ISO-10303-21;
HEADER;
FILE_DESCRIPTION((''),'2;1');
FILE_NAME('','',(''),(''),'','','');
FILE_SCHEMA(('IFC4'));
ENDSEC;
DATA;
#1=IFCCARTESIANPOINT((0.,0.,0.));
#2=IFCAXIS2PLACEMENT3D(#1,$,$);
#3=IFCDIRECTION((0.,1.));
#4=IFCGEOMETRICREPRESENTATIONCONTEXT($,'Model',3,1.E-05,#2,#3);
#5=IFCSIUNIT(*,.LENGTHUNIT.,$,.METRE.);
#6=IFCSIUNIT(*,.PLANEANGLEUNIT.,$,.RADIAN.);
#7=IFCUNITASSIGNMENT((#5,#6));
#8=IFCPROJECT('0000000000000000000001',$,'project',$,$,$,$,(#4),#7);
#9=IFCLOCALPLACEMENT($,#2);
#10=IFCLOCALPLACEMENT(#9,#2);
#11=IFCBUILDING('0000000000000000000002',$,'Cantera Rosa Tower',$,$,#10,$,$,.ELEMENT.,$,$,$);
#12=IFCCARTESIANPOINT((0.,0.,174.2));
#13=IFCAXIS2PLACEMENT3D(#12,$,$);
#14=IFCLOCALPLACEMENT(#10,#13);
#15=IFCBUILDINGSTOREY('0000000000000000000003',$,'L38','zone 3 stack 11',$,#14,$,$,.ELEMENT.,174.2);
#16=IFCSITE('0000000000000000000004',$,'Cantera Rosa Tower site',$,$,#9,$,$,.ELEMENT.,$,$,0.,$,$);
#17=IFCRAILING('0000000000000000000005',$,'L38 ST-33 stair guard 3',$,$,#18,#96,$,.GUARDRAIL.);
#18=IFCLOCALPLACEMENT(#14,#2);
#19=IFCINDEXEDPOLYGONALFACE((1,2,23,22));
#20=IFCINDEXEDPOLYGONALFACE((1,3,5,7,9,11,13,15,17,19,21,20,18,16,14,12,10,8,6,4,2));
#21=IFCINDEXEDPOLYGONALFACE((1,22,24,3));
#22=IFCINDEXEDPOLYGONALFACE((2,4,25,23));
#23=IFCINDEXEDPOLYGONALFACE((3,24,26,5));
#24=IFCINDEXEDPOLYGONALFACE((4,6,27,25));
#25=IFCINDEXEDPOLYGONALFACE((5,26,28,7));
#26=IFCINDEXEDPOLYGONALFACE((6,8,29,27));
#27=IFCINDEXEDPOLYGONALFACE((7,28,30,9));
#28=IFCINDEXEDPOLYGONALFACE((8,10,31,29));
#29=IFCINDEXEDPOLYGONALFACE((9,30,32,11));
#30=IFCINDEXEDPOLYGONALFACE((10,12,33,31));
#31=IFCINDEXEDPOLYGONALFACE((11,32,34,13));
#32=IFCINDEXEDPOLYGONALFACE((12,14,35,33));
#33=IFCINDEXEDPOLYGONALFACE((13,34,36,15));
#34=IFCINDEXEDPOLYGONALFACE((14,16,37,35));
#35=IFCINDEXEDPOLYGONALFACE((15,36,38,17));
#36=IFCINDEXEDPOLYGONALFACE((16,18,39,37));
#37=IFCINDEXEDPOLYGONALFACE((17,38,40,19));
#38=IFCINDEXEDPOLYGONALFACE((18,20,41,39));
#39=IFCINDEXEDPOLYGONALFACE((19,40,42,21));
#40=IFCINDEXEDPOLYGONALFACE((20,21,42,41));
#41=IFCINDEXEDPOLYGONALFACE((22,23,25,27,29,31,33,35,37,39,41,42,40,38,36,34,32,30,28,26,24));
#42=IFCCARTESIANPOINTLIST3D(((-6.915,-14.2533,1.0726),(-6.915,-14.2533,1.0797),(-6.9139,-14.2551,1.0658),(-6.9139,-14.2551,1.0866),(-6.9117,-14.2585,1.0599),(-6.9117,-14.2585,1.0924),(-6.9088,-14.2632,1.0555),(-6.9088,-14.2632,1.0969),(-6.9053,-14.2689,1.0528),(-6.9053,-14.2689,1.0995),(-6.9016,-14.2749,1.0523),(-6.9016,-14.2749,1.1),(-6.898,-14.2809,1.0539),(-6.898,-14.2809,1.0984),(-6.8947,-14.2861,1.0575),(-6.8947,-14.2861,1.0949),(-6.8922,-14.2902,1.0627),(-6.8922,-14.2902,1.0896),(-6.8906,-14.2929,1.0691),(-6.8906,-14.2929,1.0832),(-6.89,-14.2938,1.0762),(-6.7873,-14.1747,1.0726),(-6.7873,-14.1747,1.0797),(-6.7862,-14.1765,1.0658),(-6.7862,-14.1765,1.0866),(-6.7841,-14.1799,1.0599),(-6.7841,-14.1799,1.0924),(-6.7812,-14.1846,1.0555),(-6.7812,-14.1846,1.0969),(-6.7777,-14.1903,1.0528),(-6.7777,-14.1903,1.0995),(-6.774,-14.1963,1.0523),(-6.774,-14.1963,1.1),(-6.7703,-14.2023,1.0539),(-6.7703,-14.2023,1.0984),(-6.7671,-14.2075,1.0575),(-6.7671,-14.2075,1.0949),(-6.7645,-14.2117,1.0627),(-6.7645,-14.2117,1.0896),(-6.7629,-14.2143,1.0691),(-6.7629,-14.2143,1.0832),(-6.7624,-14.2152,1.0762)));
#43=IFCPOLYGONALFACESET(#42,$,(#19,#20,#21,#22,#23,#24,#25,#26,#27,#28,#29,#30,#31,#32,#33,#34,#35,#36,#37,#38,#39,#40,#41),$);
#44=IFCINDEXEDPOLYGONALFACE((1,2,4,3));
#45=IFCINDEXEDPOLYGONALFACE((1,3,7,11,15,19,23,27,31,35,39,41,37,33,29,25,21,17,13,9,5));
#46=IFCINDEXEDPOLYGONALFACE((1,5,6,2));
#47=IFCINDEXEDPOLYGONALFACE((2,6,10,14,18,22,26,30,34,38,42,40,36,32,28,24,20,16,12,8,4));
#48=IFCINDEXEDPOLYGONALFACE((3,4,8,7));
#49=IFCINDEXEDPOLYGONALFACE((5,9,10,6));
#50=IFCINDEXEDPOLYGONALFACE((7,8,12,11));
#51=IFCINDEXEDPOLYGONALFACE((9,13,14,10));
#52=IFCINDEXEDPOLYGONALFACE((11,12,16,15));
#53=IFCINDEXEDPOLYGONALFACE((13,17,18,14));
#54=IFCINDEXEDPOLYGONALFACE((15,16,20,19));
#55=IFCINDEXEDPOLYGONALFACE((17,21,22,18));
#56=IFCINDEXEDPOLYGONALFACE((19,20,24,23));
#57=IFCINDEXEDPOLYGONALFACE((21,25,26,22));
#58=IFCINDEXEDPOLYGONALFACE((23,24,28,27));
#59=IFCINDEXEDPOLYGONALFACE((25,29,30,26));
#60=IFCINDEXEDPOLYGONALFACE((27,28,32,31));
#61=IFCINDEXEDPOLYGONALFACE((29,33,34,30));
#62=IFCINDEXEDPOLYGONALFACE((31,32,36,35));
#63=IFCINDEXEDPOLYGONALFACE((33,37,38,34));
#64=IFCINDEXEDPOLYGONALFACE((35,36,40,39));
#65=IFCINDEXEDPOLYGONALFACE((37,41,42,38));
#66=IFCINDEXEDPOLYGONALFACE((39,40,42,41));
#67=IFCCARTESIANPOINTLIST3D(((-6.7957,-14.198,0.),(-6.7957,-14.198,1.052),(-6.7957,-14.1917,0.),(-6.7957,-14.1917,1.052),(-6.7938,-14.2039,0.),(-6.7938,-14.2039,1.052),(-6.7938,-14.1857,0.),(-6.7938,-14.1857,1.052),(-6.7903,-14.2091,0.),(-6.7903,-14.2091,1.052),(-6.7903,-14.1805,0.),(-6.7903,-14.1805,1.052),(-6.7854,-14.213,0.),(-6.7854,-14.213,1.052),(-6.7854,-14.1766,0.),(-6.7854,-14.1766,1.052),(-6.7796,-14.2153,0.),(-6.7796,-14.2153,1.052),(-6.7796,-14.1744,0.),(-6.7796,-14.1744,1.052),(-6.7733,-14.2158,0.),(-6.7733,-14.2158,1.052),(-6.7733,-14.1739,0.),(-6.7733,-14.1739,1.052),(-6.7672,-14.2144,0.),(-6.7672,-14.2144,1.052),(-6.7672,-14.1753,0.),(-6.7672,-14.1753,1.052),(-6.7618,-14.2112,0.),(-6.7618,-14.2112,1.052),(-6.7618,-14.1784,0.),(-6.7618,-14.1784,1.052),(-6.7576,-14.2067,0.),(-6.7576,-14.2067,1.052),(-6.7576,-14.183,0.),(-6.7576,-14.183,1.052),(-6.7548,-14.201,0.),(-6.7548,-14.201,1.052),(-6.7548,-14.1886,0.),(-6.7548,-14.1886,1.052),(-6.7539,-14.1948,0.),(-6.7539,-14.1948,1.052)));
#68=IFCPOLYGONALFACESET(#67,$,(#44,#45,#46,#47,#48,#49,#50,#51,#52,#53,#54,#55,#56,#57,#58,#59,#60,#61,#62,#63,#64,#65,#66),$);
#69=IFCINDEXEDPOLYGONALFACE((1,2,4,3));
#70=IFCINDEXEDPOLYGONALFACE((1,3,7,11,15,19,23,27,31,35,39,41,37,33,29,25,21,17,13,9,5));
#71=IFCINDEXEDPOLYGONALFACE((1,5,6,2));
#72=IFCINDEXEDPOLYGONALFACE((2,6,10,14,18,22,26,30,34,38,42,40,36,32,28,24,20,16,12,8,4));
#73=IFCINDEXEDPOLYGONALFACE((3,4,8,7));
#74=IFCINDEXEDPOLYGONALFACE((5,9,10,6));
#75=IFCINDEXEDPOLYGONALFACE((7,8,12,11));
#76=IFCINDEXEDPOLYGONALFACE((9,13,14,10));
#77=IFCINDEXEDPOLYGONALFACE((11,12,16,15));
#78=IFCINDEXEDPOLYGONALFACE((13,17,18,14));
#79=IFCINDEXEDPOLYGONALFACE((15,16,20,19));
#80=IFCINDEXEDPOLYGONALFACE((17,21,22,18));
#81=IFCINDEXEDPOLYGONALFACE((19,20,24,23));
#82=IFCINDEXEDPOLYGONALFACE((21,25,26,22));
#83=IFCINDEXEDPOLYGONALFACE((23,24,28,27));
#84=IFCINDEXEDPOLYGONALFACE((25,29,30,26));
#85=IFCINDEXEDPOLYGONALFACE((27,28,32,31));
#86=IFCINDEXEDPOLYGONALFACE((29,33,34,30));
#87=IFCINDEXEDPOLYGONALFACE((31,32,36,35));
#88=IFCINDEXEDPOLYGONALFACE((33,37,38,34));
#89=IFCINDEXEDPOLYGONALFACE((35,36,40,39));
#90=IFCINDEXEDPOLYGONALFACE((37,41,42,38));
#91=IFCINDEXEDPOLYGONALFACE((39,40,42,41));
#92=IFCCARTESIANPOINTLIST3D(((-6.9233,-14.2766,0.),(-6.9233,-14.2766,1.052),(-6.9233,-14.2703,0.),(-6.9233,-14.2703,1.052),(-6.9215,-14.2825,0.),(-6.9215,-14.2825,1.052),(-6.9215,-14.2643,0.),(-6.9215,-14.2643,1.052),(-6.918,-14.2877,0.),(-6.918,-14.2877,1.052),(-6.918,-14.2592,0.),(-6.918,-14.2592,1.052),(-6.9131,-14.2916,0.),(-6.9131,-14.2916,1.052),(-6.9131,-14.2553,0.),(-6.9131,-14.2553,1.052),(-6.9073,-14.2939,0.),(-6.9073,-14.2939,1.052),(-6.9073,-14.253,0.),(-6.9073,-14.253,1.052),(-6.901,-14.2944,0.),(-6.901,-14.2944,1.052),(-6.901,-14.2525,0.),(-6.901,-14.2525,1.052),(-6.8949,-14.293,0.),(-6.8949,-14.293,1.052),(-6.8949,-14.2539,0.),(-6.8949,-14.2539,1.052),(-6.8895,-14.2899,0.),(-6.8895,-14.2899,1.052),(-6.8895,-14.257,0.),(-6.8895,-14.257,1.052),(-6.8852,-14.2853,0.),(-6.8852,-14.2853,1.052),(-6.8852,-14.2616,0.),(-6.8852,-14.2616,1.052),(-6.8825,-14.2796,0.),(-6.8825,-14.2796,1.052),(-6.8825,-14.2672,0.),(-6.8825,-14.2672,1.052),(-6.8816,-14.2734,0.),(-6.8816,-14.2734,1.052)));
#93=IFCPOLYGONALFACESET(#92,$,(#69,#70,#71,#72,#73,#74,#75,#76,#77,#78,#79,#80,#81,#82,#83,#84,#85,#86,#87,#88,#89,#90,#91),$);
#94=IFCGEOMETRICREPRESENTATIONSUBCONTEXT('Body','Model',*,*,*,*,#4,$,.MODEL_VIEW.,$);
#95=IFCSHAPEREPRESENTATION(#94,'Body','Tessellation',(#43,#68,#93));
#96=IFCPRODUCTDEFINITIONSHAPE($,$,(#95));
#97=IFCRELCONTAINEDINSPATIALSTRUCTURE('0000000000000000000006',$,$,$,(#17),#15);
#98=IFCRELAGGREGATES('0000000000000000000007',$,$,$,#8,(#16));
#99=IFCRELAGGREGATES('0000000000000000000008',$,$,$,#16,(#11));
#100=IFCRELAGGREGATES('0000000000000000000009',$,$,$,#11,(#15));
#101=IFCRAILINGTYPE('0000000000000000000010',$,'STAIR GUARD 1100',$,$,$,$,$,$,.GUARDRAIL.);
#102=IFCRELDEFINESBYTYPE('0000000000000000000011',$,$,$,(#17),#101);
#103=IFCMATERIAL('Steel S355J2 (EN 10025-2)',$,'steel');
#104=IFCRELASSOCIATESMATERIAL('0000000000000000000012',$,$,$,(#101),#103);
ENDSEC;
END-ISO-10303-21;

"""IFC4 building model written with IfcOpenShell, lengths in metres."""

from ifc_helpers import new_model, si_unit, direction, frame, origin, origin_2d, place, context, subcontext, project, spatial, circle, extrude, material, type_object, element, save


model = new_model("IFC4")

# Units and contexts
model_context = context("Model", 3, precision=1e-05, world=origin(), true_north=direction((0.0, 1.0)))
body_context = subcontext(model_context, "Body", "Model", "MODEL_VIEW")
ifc_project = project(units=[si_unit("LENGTHUNIT", "METRE"), si_unit("PLANEANGLEUNIT", "RADIAN")], contexts=[model_context])

# Site, building, storey
site_placement = place(None, origin())
site = spatial("IfcSite", under=ifc_project, at=site_placement, Name="Cantera Rosa Tower site", CompositionType="ELEMENT", RefElevation=0.0)
building_placement = place(site_placement, origin())
building = spatial("IfcBuilding", under=site, at=building_placement, Name="Cantera Rosa Tower", CompositionType="ELEMENT")
storey_placement = place(building_placement, frame((0.0, 0.0, 174.2)))
storey = spatial("IfcBuildingStorey", under=building, at=storey_placement, Name="L38", Description="zone 3 stack 11", CompositionType="ELEMENT", Elevation=174.2)

# Railing
ifc_material_1 = material(Name="Steel S355J2 (EN 10025-2)", Category="steel")
railing_type_1 = type_object("IfcRailingType", Name="STAIR GUARD 1100", PredefinedType="GUARDRAIL", material=ifc_material_1)
railing_1_placement = place(storey_placement, frame((-6.7749, -14.1948, 0.0)))
element("IfcRailing", 1, at=railing_1_placement, inside=storey, type_object=railing_type_1, Name="L38 ST-33 stair guard 3", PredefinedType="GUARDRAIL", context=body_context, shape_type="SweptSolid", body=[
    extrude(circle(Radius=0.0239, at=origin_2d()), frame((0.0, 0.0, 1.0762), z_axis=(-0.851546, -0.524279, 0.0), x_axis=(0.524279, -0.851546, 0.0)), (0.0, 0.0, 1.0), 0.1499),
    extrude(circle(Radius=0.021, at=origin_2d()), origin(), (0.0, 0.0, 1.0), 1.052),
    extrude(circle(Radius=0.021, at=origin_2d()), frame((-0.1277, -0.0786, 0.0)), (0.0, 0.0, 1.0), 1.052),
])

save(model, "model.ifc")
